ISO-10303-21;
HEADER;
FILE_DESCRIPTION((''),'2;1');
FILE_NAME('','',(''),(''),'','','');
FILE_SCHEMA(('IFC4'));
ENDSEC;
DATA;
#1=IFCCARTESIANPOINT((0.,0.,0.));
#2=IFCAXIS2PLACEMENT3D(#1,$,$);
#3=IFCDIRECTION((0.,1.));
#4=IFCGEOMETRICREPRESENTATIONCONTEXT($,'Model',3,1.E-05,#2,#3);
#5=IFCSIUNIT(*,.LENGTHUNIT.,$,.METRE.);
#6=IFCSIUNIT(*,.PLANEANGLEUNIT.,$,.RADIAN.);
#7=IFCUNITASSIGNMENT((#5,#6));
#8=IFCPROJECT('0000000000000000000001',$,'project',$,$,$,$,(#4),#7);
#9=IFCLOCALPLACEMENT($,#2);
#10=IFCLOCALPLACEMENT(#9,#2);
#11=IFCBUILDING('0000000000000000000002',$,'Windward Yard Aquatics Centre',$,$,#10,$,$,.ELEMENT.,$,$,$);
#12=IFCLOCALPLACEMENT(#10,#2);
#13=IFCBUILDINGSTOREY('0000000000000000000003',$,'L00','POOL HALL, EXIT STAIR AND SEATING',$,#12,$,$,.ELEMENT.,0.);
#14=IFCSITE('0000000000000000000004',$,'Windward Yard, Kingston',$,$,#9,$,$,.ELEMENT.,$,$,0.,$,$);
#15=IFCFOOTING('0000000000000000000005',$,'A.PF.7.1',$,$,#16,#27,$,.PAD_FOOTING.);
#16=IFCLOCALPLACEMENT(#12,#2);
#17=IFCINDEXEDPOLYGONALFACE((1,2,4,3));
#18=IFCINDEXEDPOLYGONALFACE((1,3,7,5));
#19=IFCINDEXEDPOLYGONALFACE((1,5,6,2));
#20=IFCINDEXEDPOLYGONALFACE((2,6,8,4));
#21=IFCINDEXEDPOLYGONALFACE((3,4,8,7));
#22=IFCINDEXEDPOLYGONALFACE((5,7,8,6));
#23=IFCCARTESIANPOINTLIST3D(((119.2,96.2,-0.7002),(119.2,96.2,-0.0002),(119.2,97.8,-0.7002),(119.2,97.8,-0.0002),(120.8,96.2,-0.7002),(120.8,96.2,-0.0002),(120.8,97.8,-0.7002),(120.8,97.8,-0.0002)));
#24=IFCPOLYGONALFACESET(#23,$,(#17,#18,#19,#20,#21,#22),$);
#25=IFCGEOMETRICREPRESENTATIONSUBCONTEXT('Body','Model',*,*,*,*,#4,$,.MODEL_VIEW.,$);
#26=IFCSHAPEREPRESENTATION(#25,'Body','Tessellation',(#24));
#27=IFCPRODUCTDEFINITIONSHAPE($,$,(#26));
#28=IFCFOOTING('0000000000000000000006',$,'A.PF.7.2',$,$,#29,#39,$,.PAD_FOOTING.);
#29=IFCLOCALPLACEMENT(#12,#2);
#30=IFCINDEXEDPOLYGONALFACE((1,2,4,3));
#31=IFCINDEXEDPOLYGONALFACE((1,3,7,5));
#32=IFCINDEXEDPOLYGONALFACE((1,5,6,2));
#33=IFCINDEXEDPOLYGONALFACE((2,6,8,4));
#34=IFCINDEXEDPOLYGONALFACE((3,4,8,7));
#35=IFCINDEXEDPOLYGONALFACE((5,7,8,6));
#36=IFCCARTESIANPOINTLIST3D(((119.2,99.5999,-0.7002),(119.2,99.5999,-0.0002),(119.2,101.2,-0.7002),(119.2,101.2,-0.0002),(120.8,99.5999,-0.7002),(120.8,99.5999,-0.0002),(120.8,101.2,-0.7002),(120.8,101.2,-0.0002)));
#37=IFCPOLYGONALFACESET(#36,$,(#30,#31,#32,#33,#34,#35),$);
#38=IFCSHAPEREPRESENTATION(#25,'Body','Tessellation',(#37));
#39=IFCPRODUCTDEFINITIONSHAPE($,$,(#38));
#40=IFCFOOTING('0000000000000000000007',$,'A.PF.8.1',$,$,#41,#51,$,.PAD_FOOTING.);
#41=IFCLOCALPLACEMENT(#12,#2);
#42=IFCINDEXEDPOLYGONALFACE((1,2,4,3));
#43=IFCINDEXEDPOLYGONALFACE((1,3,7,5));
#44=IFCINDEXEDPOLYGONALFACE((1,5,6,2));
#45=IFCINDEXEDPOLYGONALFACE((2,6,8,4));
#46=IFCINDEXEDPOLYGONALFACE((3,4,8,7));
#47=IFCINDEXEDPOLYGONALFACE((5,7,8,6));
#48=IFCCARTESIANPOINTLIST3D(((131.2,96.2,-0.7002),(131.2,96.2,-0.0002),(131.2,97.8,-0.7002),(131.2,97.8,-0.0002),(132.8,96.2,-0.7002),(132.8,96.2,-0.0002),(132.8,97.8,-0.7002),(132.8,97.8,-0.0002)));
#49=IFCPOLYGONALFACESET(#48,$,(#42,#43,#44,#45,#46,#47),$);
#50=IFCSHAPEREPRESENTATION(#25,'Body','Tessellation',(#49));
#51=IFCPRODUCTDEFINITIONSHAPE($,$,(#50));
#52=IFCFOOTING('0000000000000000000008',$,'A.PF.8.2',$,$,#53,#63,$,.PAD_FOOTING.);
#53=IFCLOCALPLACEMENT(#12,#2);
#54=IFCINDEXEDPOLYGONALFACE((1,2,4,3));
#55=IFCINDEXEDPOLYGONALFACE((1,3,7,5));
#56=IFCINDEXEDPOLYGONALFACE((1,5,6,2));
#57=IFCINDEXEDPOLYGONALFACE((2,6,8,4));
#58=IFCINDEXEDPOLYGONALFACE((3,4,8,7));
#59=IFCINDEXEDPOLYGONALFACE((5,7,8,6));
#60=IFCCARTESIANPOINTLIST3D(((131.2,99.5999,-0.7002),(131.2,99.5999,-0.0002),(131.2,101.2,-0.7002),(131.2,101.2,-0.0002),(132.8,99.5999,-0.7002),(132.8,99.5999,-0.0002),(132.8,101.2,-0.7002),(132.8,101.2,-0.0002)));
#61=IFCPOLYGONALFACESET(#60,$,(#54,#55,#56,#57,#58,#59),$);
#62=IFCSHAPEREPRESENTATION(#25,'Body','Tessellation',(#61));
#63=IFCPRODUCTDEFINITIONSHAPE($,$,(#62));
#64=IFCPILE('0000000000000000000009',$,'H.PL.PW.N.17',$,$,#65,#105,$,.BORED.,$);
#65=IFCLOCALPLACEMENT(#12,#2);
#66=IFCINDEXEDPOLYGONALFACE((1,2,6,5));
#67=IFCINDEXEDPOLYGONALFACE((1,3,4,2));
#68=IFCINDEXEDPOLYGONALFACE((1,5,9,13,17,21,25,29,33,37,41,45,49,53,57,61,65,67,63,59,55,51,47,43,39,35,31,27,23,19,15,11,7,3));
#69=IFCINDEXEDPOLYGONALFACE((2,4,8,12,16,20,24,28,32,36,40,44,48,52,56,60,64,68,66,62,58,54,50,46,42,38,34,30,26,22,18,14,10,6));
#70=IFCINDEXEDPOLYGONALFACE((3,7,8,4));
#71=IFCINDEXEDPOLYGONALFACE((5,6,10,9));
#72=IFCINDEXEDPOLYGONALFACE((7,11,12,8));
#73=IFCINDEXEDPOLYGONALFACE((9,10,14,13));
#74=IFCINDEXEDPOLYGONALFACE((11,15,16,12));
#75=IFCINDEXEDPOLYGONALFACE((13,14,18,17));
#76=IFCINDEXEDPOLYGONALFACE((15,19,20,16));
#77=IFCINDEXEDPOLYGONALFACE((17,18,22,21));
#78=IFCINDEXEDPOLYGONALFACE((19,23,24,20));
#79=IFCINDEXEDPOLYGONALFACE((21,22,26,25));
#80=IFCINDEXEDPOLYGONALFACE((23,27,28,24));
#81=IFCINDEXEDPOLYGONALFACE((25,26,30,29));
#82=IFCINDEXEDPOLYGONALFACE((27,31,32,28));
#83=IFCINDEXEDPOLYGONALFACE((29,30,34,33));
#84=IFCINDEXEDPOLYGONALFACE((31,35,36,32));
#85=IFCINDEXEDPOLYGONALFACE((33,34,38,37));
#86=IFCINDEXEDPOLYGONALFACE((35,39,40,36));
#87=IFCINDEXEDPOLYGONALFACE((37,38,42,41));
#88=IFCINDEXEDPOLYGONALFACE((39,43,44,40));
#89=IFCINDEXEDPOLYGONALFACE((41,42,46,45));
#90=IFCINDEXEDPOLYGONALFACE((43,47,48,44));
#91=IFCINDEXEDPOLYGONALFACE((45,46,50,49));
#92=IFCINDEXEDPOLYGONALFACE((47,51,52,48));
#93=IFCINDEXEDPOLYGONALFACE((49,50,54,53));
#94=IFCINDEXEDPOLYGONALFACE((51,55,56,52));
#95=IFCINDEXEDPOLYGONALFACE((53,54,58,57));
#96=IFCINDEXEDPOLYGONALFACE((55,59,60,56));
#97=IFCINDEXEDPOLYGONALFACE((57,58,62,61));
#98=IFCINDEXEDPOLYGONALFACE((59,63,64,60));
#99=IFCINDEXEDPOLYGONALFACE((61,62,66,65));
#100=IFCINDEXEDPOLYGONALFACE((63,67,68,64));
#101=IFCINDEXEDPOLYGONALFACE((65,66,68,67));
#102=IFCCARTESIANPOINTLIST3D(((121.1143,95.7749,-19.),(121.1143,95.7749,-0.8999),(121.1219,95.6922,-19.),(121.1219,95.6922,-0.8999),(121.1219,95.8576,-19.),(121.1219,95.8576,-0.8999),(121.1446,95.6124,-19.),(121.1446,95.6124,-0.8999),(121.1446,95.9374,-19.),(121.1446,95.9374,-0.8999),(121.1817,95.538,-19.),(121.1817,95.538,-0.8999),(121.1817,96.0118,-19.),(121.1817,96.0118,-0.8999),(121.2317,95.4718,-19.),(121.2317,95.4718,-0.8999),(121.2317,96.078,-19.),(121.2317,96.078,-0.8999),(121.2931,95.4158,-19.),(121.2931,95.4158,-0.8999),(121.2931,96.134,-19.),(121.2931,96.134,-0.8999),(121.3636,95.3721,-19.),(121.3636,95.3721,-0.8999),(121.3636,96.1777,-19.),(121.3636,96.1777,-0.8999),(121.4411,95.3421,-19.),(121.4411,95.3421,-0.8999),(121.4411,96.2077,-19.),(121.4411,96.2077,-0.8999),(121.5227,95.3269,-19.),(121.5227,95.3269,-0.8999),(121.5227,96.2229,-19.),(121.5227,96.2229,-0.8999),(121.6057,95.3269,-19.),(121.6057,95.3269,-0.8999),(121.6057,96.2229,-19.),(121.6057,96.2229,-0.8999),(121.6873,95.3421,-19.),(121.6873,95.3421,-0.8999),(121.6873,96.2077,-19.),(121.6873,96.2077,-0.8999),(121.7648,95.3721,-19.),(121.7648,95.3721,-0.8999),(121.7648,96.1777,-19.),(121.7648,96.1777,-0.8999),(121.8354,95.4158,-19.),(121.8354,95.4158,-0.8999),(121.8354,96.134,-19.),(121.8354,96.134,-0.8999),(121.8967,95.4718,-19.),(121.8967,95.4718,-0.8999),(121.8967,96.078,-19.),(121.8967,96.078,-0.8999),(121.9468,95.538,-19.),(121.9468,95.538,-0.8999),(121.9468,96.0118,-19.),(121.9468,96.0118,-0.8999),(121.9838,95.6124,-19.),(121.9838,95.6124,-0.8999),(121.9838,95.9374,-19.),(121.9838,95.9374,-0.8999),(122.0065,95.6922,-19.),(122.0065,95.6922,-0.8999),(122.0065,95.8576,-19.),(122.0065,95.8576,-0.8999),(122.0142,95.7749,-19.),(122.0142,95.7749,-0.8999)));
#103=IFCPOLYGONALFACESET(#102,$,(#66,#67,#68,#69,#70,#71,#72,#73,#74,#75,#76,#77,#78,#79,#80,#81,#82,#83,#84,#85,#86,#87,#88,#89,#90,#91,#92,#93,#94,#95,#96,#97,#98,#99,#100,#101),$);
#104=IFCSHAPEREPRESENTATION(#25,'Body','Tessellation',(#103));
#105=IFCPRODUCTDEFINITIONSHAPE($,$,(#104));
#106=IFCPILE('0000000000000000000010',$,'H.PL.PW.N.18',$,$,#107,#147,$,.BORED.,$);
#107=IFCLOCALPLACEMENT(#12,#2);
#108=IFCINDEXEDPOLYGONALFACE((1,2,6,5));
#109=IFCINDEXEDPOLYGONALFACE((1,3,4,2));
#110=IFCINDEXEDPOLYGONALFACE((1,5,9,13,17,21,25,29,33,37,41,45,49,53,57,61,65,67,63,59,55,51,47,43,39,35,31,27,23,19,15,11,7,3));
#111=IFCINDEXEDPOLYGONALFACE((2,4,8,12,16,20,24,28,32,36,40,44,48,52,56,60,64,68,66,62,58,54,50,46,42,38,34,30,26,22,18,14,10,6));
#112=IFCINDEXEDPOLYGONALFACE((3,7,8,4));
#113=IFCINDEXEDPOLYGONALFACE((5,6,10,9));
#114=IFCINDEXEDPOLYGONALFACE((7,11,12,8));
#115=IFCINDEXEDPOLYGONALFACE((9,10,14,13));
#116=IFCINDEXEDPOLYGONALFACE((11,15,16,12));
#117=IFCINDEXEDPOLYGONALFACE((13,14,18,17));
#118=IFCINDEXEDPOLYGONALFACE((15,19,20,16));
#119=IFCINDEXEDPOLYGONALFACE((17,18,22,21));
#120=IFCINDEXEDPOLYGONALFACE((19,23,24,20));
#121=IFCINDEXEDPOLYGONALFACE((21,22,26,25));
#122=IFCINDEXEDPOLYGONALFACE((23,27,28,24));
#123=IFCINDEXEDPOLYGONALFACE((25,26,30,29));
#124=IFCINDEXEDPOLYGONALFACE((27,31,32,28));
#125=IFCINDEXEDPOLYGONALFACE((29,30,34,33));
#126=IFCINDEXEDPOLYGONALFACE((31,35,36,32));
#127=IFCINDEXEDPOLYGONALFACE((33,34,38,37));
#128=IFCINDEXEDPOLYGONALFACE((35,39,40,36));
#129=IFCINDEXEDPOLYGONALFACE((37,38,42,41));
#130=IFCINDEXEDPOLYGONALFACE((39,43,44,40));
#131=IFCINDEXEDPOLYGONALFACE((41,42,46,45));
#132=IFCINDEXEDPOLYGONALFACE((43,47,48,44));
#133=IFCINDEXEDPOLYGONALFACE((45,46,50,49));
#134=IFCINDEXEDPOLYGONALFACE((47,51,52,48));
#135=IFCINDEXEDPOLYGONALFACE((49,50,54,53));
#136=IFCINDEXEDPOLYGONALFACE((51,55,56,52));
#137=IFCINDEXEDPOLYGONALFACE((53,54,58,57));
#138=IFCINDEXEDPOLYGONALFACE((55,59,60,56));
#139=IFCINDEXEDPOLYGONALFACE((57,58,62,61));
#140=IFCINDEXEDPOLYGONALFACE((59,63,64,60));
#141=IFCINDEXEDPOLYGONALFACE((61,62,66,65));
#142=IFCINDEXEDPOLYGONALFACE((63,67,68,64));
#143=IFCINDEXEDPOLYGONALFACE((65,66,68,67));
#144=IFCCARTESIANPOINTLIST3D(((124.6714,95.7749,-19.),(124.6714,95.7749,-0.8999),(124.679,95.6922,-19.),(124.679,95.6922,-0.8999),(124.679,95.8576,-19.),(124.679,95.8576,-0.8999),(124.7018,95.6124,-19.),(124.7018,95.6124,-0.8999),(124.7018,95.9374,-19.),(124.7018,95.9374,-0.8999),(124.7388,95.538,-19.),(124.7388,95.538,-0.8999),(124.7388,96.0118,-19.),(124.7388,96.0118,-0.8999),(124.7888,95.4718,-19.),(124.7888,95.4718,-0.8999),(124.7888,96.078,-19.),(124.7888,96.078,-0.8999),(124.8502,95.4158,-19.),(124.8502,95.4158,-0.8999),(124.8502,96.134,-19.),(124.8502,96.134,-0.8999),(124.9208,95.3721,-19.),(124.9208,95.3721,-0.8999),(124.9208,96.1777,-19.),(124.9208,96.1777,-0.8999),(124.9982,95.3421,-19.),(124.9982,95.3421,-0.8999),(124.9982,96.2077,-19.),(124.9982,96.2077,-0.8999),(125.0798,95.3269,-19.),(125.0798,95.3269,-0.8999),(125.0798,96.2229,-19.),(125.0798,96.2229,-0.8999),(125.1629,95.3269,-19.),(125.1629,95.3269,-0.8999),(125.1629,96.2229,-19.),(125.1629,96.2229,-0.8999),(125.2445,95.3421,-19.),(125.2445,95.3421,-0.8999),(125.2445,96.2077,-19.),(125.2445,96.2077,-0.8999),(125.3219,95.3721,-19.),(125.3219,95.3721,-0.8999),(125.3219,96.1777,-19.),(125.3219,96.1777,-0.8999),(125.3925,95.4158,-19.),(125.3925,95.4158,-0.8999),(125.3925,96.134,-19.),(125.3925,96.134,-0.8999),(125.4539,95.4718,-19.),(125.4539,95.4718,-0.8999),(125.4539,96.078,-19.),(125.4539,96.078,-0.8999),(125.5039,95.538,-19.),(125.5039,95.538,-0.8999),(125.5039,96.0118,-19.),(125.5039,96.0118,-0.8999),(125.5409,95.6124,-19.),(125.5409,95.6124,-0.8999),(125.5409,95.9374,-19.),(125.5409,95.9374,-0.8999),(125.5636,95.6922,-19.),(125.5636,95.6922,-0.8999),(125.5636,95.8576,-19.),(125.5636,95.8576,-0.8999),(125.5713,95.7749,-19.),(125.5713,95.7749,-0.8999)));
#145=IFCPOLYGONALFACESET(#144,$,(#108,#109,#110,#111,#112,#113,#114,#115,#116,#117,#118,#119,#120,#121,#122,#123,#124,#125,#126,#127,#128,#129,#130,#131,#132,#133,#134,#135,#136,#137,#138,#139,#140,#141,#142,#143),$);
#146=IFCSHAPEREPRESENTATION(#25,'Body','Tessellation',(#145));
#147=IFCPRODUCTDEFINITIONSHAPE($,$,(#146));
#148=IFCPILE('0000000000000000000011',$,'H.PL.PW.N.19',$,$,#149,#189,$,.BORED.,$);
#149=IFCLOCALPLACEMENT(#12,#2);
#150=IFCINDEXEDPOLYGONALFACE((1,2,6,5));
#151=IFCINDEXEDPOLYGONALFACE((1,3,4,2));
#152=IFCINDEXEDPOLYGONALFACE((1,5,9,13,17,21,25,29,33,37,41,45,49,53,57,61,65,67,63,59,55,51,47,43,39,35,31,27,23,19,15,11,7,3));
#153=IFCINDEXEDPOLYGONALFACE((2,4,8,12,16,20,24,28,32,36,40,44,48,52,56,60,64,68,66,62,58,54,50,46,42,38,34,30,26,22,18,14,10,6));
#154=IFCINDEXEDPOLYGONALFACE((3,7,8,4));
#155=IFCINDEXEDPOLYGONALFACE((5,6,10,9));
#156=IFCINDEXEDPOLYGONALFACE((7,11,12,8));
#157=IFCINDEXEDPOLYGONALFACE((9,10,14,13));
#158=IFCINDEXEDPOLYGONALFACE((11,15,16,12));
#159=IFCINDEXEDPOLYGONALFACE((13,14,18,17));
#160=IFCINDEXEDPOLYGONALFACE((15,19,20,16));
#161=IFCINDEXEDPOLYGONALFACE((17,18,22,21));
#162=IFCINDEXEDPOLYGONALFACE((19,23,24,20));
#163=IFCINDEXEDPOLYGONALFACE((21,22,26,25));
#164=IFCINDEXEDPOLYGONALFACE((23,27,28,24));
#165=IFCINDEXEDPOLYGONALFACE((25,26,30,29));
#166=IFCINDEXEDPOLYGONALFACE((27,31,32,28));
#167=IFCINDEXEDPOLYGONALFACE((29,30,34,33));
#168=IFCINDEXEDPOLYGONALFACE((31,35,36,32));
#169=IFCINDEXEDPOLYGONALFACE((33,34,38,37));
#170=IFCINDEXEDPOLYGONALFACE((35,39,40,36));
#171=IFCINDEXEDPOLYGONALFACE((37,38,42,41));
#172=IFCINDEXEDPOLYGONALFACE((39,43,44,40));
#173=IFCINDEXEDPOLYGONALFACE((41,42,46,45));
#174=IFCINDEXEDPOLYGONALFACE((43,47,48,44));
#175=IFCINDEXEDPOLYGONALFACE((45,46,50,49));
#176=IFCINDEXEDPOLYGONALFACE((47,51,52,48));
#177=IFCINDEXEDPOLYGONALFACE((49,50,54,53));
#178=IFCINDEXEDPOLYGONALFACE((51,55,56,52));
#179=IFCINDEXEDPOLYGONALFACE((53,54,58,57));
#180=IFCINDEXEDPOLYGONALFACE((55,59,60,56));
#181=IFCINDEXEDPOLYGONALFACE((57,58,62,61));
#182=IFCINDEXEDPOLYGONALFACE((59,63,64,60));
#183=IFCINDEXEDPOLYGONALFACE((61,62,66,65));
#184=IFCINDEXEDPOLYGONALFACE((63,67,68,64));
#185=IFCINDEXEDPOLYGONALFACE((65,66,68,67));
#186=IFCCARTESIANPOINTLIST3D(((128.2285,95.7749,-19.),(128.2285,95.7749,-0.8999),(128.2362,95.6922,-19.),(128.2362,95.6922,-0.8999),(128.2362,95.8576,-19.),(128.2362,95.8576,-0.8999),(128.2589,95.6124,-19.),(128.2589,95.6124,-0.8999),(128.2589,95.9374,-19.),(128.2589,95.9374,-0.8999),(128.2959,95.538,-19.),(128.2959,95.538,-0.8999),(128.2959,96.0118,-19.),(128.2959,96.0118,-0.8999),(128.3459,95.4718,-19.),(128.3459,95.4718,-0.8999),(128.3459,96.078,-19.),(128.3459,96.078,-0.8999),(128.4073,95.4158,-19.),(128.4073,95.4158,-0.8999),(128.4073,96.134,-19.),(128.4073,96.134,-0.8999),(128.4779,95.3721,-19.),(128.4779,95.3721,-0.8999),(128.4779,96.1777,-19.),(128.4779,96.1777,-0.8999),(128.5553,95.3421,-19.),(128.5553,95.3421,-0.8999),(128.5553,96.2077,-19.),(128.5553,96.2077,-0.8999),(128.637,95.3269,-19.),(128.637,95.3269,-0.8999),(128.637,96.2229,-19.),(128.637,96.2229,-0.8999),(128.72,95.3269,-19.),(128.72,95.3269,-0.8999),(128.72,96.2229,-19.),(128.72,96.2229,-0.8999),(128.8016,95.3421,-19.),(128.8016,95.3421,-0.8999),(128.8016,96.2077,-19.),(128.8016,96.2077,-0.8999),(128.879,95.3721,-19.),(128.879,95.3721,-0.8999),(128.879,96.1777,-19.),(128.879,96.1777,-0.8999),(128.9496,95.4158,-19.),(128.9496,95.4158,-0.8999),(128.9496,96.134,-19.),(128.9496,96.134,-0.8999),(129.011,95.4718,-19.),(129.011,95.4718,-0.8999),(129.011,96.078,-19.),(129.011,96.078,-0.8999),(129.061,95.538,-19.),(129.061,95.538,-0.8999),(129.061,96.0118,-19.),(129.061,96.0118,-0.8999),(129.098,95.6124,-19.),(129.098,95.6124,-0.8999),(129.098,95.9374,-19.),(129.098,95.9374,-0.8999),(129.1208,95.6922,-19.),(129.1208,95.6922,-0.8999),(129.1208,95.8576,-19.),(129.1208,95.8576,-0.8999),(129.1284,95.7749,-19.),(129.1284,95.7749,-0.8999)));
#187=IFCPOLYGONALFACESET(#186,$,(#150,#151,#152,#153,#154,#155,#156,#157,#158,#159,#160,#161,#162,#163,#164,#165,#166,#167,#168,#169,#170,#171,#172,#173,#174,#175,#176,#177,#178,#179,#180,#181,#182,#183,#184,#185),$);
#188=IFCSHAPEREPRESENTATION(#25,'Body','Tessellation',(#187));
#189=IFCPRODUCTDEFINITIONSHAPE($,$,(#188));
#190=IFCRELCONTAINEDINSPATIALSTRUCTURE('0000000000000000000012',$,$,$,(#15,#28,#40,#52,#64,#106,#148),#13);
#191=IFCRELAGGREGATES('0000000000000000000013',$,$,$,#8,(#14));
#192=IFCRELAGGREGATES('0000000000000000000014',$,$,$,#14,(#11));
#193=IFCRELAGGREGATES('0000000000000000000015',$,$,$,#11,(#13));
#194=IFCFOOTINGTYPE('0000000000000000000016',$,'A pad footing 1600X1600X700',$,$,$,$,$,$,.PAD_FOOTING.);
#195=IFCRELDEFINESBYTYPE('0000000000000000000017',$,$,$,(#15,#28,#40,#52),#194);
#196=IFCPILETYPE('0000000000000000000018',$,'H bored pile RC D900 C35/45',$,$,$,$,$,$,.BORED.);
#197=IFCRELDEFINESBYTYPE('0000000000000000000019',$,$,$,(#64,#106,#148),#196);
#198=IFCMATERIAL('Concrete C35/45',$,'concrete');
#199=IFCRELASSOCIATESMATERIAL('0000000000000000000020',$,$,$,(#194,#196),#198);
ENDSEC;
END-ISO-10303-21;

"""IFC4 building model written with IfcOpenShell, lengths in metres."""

from ifc_helpers import new_model, si_unit, direction, frame, origin, origin_2d, place, context, subcontext, project, spatial, rectangle, circle, extrude, material, material_profile, profile_set, type_object, element, save


model = new_model("IFC4")

# Units and contexts
model_context = context("Model", 3, precision=1e-05, world=origin(), true_north=direction((0.0, 1.0)))
body_context = subcontext(model_context, "Body", "Model", "MODEL_VIEW")
ifc_project = project(units=[si_unit("LENGTHUNIT", "METRE"), si_unit("PLANEANGLEUNIT", "RADIAN")], contexts=[model_context])

# Site, building, storey
site_placement = place(None, origin())
site = spatial("IfcSite", under=ifc_project, at=site_placement, Name="Windward Yard, Kingston", CompositionType="ELEMENT", RefElevation=0.0)
building_placement = place(site_placement, origin())
building = spatial("IfcBuilding", under=site, at=building_placement, Name="Windward Yard Aquatics Centre", CompositionType="ELEMENT")
storey_placement = place(building_placement, origin())
storey = spatial("IfcBuildingStorey", under=building, at=storey_placement, Name="L00", Description="POOL HALL, EXIT STAIR AND SEATING", CompositionType="ELEMENT", Elevation=0.0)

# Footings
ifc_material_1 = material(Name="Concrete C35/45", Category="concrete")
footing_type = type_object("IfcFootingType", Name="A pad footing 1600X1600X700", PredefinedType="PAD_FOOTING", material=ifc_material_1)
for number, where, z_axis, x_axis, name in (
    (1, (120.0, 97.0, -0.7002), (0.0, 0.0, 1.0), (1.0, 0.0, 0.0), "A.PF.7.1"),
    (2, (120.0, 100.3999, -0.7002), (0.0, 0.0, 1.0), (1.0, 0.0, 0.0), "A.PF.7.2"),
    (3, (132.0, 97.0, -0.7002), (0.0, 0.0, 1.0), (1.0, 0.0, 0.0), "A.PF.8.1"),
    (4, (132.0, 100.3999, -0.7002), (0.0, 0.0, 1.0), (1.0, 0.0, 0.0), "A.PF.8.2"),
):
    element("IfcFooting", number, at=place(storey_placement, frame(where, z_axis=z_axis, x_axis=x_axis)), inside=storey, type_object=footing_type, Name=name, PredefinedType="PAD_FOOTING", context=body_context, shape_type="SweptSolid", body=[
        extrude(rectangle(XDim=1.6001, YDim=1.6001, at=origin_2d()), origin(), (0.0, 0.0, 1.0), 0.7),
    ])

# Piles
ifc_material_profile_1 = material_profile(ifc_material_1, circle(Radius=0.45, at=origin_2d()), Name="RC D900")
ifc_profile_set_1 = profile_set([ifc_material_profile_1], Name="Concrete C35/45")
pile_type = type_object("IfcPileType", Name="H bored pile RC D900 C35/45", PredefinedType="BORED", material=ifc_profile_set_1)
for number, where, z_axis, x_axis, name in (
    (5, (121.5642, 95.7749, -0.8999), (0.0, 0.0, -1.0), (1.0, 0.0, 0.0), "H.PL.PW.N.17"),
    (6, (125.1213, 95.7749, -0.8999), (0.0, 0.0, -1.0), (1.0, 0.0, 0.0), "H.PL.PW.N.18"),
    (7, (128.6785, 95.7749, -0.8999), (0.0, 0.0, -1.0), (1.0, 0.0, 0.0), "H.PL.PW.N.19"),
):
    element("IfcPile", number, at=place(storey_placement, frame(where, z_axis=z_axis, x_axis=x_axis)), inside=storey, type_object=pile_type, Name=name, PredefinedType="BORED", context=body_context, shape_type="SweptSolid", body=[
        extrude(circle(Radius=0.45, at=origin_2d()), origin(), (0.0, 0.0, 1.0), 18.1001),
    ])

save(model, "model.ifc")
